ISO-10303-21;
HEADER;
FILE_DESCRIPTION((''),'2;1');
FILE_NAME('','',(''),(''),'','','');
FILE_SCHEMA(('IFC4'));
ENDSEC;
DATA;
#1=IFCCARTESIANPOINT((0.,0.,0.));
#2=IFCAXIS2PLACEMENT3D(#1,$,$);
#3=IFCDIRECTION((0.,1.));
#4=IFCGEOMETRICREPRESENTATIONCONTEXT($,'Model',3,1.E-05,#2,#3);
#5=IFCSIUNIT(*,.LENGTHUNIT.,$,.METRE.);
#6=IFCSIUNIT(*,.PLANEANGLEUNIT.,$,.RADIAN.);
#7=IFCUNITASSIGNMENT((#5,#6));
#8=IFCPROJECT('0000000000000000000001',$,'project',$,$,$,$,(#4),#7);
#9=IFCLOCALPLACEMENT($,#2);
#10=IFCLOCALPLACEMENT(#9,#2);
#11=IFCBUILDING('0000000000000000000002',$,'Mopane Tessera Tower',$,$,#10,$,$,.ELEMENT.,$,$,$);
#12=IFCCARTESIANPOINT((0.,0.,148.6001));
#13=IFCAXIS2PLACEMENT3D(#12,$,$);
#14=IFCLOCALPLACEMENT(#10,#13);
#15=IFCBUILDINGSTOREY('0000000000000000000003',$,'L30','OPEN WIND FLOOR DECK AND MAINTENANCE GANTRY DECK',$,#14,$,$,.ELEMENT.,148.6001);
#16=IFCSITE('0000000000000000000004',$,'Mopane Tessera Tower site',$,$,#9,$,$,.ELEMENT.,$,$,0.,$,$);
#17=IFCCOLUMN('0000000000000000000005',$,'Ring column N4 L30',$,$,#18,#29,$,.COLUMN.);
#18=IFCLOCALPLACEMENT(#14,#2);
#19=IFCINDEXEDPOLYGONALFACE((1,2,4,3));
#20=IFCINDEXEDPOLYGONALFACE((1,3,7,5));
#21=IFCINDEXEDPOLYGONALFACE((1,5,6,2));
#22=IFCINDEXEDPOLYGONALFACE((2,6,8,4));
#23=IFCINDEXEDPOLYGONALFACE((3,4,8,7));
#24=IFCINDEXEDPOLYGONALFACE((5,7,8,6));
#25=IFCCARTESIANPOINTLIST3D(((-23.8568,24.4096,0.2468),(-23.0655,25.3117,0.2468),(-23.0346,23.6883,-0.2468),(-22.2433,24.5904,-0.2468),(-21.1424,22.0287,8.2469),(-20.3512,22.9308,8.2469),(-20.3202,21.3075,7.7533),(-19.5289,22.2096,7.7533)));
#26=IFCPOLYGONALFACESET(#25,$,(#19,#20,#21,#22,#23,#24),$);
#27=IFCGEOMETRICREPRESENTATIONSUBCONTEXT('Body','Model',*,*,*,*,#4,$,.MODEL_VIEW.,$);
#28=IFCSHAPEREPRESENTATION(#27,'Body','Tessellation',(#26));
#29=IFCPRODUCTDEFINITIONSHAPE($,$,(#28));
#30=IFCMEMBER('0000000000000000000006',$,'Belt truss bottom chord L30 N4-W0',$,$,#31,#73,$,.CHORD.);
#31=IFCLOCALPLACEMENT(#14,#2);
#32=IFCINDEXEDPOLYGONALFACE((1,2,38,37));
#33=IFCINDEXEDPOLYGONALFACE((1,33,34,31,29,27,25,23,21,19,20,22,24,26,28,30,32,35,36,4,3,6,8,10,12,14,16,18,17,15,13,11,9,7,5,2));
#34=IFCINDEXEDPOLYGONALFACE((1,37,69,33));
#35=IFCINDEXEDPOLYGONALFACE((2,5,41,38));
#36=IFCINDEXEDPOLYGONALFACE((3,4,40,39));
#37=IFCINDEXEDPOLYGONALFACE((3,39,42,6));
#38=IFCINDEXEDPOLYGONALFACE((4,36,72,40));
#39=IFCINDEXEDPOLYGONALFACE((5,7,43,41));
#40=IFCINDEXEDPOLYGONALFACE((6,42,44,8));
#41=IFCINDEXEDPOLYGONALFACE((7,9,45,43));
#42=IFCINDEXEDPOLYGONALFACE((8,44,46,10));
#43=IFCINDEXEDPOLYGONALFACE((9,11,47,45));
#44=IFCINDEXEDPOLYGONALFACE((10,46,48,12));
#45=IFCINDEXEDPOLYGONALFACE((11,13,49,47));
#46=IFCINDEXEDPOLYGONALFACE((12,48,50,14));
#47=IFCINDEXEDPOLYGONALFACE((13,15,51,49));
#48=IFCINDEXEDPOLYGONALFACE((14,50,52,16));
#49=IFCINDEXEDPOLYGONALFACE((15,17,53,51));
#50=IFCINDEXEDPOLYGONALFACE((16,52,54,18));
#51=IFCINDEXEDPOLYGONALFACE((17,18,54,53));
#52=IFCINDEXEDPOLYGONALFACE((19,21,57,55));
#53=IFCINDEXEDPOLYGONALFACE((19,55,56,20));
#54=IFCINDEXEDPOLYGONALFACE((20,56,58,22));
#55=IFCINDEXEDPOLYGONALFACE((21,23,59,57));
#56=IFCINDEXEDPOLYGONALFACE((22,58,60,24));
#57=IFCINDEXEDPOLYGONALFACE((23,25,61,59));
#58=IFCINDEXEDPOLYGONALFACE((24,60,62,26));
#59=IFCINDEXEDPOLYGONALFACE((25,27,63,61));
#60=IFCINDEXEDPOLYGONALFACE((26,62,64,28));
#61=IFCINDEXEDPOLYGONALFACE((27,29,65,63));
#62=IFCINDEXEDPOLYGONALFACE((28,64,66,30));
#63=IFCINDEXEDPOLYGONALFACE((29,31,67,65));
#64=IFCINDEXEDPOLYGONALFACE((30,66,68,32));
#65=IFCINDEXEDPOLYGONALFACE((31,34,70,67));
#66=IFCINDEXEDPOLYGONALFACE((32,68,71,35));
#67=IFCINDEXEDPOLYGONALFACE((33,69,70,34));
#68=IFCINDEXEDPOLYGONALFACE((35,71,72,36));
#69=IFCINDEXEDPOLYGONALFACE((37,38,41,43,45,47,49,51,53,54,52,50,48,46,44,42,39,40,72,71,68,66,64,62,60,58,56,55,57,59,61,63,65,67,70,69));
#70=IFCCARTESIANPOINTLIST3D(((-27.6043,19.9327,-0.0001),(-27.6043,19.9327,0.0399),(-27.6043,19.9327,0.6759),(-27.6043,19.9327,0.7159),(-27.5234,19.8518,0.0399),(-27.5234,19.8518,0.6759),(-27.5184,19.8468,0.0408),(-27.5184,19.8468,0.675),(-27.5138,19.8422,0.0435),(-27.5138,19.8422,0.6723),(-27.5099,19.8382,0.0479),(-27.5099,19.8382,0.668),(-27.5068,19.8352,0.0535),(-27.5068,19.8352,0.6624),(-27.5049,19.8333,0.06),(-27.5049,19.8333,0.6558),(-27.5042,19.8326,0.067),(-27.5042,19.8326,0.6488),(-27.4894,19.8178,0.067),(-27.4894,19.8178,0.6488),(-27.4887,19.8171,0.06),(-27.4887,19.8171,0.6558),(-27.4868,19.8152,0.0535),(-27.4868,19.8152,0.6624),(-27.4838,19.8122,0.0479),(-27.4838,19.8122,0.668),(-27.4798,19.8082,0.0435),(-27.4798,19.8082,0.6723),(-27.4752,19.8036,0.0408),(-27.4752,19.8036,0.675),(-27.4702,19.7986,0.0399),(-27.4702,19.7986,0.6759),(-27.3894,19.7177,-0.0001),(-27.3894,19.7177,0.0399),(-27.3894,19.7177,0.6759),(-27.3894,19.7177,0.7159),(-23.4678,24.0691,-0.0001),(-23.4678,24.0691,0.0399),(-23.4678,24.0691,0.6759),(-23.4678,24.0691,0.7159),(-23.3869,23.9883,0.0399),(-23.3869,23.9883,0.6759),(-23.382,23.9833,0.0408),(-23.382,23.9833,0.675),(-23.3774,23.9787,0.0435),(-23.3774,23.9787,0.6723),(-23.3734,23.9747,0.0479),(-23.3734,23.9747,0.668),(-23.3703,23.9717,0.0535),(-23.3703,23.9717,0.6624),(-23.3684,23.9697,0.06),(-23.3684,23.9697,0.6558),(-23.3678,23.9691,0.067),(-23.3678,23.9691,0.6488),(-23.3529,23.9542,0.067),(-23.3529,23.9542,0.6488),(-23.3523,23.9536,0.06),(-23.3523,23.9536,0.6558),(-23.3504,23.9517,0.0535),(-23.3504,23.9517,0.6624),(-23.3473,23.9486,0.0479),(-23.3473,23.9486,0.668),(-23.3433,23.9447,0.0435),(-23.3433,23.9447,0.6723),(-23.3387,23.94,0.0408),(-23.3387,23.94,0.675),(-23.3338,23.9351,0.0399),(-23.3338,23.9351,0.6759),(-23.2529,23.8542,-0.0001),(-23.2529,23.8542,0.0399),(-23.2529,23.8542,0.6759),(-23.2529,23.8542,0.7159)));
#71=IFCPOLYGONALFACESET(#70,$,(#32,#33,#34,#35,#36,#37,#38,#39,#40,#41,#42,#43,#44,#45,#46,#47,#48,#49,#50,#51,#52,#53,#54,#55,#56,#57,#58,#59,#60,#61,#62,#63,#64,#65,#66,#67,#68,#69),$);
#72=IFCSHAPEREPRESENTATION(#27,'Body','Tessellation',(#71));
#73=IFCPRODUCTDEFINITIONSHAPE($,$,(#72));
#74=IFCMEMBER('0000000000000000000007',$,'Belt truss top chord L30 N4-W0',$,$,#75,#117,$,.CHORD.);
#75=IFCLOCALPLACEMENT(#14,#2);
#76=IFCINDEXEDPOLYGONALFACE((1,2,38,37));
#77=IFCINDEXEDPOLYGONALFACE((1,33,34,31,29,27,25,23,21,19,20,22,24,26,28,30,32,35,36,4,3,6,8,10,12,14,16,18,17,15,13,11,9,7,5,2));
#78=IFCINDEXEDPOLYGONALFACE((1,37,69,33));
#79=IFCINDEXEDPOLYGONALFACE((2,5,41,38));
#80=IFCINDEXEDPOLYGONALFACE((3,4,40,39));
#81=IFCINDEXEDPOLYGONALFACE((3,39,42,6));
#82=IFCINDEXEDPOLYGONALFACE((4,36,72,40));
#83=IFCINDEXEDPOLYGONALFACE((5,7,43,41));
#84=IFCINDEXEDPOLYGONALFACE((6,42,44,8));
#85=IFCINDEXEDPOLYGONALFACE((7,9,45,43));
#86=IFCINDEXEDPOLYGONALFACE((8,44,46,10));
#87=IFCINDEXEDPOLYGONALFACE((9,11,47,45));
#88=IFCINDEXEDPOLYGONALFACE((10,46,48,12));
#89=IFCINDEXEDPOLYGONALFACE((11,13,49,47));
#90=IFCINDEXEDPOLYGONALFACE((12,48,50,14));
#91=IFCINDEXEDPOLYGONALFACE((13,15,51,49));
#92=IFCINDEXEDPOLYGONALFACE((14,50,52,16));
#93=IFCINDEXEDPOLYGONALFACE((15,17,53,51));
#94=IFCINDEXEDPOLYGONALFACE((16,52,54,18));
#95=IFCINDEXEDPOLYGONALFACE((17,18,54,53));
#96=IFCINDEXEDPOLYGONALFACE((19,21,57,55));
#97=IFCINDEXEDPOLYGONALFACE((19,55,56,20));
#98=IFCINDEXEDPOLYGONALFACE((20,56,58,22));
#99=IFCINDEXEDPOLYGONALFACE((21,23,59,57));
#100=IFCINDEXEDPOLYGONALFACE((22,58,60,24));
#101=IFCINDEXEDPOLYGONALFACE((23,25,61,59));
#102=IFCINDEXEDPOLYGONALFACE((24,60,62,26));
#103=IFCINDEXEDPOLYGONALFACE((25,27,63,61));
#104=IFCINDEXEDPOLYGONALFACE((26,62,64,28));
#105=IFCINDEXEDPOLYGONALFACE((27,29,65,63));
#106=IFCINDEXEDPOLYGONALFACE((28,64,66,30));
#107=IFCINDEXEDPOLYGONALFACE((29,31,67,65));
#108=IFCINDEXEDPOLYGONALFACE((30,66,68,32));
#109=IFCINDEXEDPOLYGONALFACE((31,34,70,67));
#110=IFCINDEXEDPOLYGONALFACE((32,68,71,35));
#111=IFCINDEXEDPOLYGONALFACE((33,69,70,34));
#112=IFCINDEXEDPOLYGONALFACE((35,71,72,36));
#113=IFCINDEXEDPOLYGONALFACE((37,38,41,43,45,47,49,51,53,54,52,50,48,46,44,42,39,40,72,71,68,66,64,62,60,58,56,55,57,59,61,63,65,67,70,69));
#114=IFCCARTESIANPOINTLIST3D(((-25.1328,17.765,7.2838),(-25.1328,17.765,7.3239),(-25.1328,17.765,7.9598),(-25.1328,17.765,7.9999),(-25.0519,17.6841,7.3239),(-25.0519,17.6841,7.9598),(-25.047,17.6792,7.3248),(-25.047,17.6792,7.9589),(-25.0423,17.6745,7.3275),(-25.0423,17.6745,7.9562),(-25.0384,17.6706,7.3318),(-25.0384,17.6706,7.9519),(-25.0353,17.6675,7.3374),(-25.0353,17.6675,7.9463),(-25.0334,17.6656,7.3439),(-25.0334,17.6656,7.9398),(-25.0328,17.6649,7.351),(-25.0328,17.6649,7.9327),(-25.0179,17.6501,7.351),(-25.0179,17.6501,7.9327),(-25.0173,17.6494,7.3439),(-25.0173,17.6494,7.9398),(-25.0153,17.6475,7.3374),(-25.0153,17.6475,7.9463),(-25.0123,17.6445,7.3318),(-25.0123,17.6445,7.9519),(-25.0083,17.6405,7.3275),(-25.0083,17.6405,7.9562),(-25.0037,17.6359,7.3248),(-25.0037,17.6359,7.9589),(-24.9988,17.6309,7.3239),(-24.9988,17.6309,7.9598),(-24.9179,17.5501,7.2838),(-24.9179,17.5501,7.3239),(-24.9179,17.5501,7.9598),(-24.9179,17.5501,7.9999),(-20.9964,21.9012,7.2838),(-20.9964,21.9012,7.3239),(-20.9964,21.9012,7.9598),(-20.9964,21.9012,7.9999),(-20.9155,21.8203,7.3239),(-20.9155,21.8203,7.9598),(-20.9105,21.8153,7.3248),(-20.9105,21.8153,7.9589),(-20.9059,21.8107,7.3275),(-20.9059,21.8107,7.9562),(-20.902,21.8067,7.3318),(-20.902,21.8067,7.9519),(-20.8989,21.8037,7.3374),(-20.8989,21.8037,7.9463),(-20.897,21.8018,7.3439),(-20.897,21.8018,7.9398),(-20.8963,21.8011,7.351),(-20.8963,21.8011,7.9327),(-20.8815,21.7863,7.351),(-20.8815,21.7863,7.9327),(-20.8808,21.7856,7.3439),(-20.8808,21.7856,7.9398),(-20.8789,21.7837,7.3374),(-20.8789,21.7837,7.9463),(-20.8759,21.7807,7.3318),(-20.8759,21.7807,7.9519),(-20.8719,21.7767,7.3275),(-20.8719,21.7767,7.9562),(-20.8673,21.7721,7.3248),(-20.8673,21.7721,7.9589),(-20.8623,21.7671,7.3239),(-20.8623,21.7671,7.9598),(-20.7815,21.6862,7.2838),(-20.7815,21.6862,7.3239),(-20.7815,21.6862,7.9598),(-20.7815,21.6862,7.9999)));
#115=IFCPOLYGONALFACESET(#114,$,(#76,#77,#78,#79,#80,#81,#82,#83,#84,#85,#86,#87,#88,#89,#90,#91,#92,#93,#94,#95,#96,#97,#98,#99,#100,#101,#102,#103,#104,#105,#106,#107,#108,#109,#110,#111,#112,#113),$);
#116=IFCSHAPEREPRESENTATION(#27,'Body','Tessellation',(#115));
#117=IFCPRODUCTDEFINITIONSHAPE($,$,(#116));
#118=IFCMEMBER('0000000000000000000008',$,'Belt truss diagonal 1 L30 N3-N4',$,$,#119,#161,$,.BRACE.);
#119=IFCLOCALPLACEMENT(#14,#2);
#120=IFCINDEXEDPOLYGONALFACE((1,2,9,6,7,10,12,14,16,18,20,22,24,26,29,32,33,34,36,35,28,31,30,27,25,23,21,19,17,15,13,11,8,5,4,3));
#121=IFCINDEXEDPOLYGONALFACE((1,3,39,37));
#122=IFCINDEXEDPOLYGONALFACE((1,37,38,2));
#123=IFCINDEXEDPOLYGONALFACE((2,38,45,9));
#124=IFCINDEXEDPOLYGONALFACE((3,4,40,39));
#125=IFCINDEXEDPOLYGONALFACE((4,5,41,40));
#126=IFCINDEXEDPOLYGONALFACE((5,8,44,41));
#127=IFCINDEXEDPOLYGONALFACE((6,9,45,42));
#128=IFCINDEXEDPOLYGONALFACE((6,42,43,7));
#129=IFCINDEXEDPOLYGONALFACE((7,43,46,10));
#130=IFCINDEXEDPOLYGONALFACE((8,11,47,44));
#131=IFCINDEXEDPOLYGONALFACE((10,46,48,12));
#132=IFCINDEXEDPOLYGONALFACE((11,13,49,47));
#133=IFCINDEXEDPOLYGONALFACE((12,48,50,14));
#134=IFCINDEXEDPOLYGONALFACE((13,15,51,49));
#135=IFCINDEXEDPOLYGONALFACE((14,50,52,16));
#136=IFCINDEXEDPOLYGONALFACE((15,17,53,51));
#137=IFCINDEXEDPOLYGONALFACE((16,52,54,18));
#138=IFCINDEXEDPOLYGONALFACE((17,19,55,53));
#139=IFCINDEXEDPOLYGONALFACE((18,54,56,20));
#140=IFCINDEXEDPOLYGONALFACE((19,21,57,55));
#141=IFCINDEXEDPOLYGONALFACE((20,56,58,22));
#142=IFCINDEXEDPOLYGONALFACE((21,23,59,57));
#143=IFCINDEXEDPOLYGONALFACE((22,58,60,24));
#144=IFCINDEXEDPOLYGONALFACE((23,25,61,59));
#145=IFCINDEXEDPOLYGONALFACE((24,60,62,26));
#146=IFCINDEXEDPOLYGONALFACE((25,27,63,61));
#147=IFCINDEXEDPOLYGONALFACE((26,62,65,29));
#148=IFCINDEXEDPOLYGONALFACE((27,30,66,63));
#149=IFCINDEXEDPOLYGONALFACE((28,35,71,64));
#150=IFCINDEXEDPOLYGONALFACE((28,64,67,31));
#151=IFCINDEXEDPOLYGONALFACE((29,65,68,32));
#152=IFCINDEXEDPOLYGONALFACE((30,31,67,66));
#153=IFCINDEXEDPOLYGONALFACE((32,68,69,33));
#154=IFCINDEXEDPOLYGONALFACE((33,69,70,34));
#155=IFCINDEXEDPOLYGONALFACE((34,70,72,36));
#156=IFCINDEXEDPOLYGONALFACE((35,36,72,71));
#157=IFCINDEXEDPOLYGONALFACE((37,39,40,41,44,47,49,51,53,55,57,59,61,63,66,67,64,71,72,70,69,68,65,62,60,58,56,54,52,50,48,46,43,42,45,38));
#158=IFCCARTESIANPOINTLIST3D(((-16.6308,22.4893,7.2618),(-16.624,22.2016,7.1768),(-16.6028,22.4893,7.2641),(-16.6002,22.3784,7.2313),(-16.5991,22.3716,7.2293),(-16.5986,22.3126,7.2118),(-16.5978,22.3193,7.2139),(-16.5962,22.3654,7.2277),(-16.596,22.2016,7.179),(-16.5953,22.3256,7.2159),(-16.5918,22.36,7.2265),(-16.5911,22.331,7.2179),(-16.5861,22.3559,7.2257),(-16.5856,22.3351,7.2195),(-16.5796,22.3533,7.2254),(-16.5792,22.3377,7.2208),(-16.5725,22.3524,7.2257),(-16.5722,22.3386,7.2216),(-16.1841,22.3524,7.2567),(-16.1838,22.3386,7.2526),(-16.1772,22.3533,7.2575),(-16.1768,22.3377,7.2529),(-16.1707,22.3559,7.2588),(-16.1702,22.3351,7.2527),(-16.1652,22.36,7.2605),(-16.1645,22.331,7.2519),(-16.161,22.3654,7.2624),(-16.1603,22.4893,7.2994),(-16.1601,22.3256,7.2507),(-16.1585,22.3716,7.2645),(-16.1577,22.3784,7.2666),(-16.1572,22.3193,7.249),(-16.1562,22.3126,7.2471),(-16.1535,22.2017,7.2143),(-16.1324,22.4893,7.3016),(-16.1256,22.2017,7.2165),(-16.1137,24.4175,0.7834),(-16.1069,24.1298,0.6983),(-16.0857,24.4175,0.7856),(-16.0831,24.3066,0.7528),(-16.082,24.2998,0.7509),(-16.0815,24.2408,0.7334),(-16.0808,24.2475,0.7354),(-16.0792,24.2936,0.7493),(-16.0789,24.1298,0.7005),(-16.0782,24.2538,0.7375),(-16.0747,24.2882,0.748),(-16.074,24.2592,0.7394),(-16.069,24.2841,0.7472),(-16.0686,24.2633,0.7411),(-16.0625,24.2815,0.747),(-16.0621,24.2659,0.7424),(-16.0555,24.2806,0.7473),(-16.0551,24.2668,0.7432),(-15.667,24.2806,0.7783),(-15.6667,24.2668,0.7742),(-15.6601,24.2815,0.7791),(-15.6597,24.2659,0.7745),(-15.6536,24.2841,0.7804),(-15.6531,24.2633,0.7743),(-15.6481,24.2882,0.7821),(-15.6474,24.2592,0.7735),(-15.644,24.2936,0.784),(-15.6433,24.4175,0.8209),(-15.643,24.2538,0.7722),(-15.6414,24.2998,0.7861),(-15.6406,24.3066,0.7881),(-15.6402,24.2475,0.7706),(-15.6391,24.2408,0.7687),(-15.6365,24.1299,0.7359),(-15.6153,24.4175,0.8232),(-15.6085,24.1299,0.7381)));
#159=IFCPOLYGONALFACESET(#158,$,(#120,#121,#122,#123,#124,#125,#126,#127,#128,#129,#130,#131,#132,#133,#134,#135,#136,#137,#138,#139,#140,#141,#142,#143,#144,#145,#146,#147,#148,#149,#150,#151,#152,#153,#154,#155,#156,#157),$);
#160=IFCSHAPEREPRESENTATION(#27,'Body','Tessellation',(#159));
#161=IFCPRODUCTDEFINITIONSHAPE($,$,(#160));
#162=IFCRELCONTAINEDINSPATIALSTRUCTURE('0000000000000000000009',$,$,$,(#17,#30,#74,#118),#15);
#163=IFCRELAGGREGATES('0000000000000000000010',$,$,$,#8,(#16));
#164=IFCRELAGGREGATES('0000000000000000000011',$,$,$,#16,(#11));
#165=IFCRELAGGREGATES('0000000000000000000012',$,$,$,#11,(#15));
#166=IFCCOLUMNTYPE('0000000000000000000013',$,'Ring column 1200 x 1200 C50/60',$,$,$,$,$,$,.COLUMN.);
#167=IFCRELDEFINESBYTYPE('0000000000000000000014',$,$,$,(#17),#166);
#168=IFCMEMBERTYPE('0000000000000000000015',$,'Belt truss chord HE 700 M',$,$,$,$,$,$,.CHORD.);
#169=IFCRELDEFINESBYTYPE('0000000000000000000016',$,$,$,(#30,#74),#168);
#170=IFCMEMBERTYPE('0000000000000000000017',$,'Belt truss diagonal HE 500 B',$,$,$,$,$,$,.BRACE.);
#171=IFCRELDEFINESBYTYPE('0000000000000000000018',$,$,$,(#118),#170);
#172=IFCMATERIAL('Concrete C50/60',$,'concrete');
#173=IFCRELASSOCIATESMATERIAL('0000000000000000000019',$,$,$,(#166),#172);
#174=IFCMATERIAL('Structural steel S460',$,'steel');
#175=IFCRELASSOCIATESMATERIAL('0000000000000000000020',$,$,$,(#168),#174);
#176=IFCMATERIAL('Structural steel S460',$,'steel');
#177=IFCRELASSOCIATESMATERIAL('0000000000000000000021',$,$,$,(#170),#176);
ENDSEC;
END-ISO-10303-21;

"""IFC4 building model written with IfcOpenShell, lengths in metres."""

from ifc_helpers import new_model, si_unit, direction, frame, origin, origin_2d, place, context, subcontext, project, spatial, rectangle, i_section, extrude, material, material_profile, profile_set, type_object, element, save


model = new_model("IFC4")

# Units and contexts
model_context = context("Model", 3, precision=1e-05, world=origin(), true_north=direction((0.0, 1.0)))
body_context = subcontext(model_context, "Body", "Model", "MODEL_VIEW")
ifc_project = project(units=[si_unit("LENGTHUNIT", "METRE"), si_unit("PLANEANGLEUNIT", "RADIAN")], contexts=[model_context])

# Site, building, storey
site_placement = place(None, origin())
site = spatial("IfcSite", under=ifc_project, at=site_placement, Name="Mopane Tessera Tower site", CompositionType="ELEMENT", RefElevation=0.0)
building_placement = place(site_placement, origin())
building = spatial("IfcBuilding", under=site, at=building_placement, Name="Mopane Tessera Tower", CompositionType="ELEMENT")
storey_placement = place(building_placement, frame((0.0, 0.0, 148.6001)))
storey = spatial("IfcBuildingStorey", under=building, at=storey_placement, Name="L30", Description="OPEN WIND FLOOR DECK AND MAINTENANCE GANTRY DECK", CompositionType="ELEMENT", Elevation=148.6001)

# Column
ifc_material_1 = material(Name="Concrete C50/60", Category="concrete")
ifc_material_profile_1 = material_profile(ifc_material_1, rectangle(XDim=1.2, YDim=1.2, at=origin_2d()))
ifc_profile_set_1 = profile_set([ifc_material_profile_1], Name="Concrete C50/60")
column_type = type_object("IfcColumnType", Name="Ring column 1200 x 1200 C50/60", PredefinedType="COLUMN", material=ifc_profile_set_1)
column_placement = place(storey_placement, frame((-23.05, 24.5, 0.0), z_axis=(0.309257, -0.27126, 0.91147), x_axis=(0.659414, 0.75178, 0.0)))
element("IfcColumn", 1, at=column_placement, inside=storey, type_object=column_type, Name="Ring column N4 L30", PredefinedType="COLUMN", context=body_context, shape_type="SweptSolid", body=[
    extrude(rectangle(XDim=1.2, YDim=1.2, at=origin_2d()), origin(), (0.0, 0.0, 1.0), 8.7771),
])

# Members
ifc_material_2 = material(Name="Structural steel S460", Category="steel")
ifc_material_profile_2 = material_profile(ifc_material_2, i_section(OverallWidth=0.304, OverallDepth=0.7161, WebThickness=0.021, FlangeThickness=0.04, FilletRadius=0.0271, at=origin_2d()))
ifc_profile_set_2 = profile_set([ifc_material_profile_2], Name="Structural steel S460")
member_type_1 = type_object("IfcMemberType", Name="Belt truss chord HE 700 M", PredefinedType="CHORD", material=ifc_profile_set_2)
member_1_placement = place(storey_placement, frame((-23.3604, 23.9617, 0.3579), z_axis=(-0.707107, -0.707107, 0.0), x_axis=(0.707107, -0.707107, 0.0)))
element("IfcMember", 2, at=member_1_placement, inside=storey, type_object=member_type_1, Name="Belt truss bottom chord L30 N4-W0", PredefinedType="CHORD", context=body_context, shape_type="SweptSolid", body=[
    extrude(i_section(OverallWidth=0.304, OverallDepth=0.7161, WebThickness=0.021, FlangeThickness=0.04, FilletRadius=0.0271, at=origin_2d()), origin(), (0.0, 0.0, 1.0), 5.8499),
])
member_2_placement = place(storey_placement, frame((-20.8889, 21.7937, 7.6418), z_axis=(-0.707128, -0.707086, 0.0), x_axis=(0.707086, -0.707128, 0.0)))
element("IfcMember", 3, at=member_2_placement, inside=storey, type_object=member_type_1, Name="Belt truss top chord L30 N4-W0", PredefinedType="CHORD", context=body_context, shape_type="SweptSolid", body=[
    extrude(i_section(OverallWidth=0.304, OverallDepth=0.7161, WebThickness=0.021, FlangeThickness=0.04, FilletRadius=0.0271, at=origin_2d()), origin(), (0.0, 0.0, 1.0), 5.8496),
])
ifc_material_3 = material(Name="Structural steel S460", Category="steel")
ifc_material_profile_3 = material_profile(ifc_material_3, i_section(OverallWidth=0.3, OverallDepth=0.5, WebThickness=0.0144, FlangeThickness=0.0281, FilletRadius=0.0271, at=origin_2d()))
ifc_profile_set_3 = profile_set([ifc_material_profile_3], Name="Structural steel S460")
member_type_2 = type_object("IfcMemberType", Name="Belt truss diagonal HE 500 B", PredefinedType="BRACE", material=ifc_profile_set_3)
member_3_placement = place(storey_placement, frame((-15.8611, 24.2737, 0.7607), z_axis=(-0.076277, -0.284435, 0.955656), x_axis=(0.022663, -0.958695, -0.283531)))
element("IfcMember", 4, at=member_3_placement, inside=storey, type_object=member_type_2, Name="Belt truss diagonal 1 L30 N3-N4", PredefinedType="BRACE", context=body_context, shape_type="SweptSolid", body=[
    extrude(i_section(OverallWidth=0.3, OverallDepth=0.5, WebThickness=0.0144, FlangeThickness=0.0281, FilletRadius=0.0271, at=origin_2d()), origin(), (0.0, 0.0, 1.0), 6.7791),
])

save(model, "model.ifc")
